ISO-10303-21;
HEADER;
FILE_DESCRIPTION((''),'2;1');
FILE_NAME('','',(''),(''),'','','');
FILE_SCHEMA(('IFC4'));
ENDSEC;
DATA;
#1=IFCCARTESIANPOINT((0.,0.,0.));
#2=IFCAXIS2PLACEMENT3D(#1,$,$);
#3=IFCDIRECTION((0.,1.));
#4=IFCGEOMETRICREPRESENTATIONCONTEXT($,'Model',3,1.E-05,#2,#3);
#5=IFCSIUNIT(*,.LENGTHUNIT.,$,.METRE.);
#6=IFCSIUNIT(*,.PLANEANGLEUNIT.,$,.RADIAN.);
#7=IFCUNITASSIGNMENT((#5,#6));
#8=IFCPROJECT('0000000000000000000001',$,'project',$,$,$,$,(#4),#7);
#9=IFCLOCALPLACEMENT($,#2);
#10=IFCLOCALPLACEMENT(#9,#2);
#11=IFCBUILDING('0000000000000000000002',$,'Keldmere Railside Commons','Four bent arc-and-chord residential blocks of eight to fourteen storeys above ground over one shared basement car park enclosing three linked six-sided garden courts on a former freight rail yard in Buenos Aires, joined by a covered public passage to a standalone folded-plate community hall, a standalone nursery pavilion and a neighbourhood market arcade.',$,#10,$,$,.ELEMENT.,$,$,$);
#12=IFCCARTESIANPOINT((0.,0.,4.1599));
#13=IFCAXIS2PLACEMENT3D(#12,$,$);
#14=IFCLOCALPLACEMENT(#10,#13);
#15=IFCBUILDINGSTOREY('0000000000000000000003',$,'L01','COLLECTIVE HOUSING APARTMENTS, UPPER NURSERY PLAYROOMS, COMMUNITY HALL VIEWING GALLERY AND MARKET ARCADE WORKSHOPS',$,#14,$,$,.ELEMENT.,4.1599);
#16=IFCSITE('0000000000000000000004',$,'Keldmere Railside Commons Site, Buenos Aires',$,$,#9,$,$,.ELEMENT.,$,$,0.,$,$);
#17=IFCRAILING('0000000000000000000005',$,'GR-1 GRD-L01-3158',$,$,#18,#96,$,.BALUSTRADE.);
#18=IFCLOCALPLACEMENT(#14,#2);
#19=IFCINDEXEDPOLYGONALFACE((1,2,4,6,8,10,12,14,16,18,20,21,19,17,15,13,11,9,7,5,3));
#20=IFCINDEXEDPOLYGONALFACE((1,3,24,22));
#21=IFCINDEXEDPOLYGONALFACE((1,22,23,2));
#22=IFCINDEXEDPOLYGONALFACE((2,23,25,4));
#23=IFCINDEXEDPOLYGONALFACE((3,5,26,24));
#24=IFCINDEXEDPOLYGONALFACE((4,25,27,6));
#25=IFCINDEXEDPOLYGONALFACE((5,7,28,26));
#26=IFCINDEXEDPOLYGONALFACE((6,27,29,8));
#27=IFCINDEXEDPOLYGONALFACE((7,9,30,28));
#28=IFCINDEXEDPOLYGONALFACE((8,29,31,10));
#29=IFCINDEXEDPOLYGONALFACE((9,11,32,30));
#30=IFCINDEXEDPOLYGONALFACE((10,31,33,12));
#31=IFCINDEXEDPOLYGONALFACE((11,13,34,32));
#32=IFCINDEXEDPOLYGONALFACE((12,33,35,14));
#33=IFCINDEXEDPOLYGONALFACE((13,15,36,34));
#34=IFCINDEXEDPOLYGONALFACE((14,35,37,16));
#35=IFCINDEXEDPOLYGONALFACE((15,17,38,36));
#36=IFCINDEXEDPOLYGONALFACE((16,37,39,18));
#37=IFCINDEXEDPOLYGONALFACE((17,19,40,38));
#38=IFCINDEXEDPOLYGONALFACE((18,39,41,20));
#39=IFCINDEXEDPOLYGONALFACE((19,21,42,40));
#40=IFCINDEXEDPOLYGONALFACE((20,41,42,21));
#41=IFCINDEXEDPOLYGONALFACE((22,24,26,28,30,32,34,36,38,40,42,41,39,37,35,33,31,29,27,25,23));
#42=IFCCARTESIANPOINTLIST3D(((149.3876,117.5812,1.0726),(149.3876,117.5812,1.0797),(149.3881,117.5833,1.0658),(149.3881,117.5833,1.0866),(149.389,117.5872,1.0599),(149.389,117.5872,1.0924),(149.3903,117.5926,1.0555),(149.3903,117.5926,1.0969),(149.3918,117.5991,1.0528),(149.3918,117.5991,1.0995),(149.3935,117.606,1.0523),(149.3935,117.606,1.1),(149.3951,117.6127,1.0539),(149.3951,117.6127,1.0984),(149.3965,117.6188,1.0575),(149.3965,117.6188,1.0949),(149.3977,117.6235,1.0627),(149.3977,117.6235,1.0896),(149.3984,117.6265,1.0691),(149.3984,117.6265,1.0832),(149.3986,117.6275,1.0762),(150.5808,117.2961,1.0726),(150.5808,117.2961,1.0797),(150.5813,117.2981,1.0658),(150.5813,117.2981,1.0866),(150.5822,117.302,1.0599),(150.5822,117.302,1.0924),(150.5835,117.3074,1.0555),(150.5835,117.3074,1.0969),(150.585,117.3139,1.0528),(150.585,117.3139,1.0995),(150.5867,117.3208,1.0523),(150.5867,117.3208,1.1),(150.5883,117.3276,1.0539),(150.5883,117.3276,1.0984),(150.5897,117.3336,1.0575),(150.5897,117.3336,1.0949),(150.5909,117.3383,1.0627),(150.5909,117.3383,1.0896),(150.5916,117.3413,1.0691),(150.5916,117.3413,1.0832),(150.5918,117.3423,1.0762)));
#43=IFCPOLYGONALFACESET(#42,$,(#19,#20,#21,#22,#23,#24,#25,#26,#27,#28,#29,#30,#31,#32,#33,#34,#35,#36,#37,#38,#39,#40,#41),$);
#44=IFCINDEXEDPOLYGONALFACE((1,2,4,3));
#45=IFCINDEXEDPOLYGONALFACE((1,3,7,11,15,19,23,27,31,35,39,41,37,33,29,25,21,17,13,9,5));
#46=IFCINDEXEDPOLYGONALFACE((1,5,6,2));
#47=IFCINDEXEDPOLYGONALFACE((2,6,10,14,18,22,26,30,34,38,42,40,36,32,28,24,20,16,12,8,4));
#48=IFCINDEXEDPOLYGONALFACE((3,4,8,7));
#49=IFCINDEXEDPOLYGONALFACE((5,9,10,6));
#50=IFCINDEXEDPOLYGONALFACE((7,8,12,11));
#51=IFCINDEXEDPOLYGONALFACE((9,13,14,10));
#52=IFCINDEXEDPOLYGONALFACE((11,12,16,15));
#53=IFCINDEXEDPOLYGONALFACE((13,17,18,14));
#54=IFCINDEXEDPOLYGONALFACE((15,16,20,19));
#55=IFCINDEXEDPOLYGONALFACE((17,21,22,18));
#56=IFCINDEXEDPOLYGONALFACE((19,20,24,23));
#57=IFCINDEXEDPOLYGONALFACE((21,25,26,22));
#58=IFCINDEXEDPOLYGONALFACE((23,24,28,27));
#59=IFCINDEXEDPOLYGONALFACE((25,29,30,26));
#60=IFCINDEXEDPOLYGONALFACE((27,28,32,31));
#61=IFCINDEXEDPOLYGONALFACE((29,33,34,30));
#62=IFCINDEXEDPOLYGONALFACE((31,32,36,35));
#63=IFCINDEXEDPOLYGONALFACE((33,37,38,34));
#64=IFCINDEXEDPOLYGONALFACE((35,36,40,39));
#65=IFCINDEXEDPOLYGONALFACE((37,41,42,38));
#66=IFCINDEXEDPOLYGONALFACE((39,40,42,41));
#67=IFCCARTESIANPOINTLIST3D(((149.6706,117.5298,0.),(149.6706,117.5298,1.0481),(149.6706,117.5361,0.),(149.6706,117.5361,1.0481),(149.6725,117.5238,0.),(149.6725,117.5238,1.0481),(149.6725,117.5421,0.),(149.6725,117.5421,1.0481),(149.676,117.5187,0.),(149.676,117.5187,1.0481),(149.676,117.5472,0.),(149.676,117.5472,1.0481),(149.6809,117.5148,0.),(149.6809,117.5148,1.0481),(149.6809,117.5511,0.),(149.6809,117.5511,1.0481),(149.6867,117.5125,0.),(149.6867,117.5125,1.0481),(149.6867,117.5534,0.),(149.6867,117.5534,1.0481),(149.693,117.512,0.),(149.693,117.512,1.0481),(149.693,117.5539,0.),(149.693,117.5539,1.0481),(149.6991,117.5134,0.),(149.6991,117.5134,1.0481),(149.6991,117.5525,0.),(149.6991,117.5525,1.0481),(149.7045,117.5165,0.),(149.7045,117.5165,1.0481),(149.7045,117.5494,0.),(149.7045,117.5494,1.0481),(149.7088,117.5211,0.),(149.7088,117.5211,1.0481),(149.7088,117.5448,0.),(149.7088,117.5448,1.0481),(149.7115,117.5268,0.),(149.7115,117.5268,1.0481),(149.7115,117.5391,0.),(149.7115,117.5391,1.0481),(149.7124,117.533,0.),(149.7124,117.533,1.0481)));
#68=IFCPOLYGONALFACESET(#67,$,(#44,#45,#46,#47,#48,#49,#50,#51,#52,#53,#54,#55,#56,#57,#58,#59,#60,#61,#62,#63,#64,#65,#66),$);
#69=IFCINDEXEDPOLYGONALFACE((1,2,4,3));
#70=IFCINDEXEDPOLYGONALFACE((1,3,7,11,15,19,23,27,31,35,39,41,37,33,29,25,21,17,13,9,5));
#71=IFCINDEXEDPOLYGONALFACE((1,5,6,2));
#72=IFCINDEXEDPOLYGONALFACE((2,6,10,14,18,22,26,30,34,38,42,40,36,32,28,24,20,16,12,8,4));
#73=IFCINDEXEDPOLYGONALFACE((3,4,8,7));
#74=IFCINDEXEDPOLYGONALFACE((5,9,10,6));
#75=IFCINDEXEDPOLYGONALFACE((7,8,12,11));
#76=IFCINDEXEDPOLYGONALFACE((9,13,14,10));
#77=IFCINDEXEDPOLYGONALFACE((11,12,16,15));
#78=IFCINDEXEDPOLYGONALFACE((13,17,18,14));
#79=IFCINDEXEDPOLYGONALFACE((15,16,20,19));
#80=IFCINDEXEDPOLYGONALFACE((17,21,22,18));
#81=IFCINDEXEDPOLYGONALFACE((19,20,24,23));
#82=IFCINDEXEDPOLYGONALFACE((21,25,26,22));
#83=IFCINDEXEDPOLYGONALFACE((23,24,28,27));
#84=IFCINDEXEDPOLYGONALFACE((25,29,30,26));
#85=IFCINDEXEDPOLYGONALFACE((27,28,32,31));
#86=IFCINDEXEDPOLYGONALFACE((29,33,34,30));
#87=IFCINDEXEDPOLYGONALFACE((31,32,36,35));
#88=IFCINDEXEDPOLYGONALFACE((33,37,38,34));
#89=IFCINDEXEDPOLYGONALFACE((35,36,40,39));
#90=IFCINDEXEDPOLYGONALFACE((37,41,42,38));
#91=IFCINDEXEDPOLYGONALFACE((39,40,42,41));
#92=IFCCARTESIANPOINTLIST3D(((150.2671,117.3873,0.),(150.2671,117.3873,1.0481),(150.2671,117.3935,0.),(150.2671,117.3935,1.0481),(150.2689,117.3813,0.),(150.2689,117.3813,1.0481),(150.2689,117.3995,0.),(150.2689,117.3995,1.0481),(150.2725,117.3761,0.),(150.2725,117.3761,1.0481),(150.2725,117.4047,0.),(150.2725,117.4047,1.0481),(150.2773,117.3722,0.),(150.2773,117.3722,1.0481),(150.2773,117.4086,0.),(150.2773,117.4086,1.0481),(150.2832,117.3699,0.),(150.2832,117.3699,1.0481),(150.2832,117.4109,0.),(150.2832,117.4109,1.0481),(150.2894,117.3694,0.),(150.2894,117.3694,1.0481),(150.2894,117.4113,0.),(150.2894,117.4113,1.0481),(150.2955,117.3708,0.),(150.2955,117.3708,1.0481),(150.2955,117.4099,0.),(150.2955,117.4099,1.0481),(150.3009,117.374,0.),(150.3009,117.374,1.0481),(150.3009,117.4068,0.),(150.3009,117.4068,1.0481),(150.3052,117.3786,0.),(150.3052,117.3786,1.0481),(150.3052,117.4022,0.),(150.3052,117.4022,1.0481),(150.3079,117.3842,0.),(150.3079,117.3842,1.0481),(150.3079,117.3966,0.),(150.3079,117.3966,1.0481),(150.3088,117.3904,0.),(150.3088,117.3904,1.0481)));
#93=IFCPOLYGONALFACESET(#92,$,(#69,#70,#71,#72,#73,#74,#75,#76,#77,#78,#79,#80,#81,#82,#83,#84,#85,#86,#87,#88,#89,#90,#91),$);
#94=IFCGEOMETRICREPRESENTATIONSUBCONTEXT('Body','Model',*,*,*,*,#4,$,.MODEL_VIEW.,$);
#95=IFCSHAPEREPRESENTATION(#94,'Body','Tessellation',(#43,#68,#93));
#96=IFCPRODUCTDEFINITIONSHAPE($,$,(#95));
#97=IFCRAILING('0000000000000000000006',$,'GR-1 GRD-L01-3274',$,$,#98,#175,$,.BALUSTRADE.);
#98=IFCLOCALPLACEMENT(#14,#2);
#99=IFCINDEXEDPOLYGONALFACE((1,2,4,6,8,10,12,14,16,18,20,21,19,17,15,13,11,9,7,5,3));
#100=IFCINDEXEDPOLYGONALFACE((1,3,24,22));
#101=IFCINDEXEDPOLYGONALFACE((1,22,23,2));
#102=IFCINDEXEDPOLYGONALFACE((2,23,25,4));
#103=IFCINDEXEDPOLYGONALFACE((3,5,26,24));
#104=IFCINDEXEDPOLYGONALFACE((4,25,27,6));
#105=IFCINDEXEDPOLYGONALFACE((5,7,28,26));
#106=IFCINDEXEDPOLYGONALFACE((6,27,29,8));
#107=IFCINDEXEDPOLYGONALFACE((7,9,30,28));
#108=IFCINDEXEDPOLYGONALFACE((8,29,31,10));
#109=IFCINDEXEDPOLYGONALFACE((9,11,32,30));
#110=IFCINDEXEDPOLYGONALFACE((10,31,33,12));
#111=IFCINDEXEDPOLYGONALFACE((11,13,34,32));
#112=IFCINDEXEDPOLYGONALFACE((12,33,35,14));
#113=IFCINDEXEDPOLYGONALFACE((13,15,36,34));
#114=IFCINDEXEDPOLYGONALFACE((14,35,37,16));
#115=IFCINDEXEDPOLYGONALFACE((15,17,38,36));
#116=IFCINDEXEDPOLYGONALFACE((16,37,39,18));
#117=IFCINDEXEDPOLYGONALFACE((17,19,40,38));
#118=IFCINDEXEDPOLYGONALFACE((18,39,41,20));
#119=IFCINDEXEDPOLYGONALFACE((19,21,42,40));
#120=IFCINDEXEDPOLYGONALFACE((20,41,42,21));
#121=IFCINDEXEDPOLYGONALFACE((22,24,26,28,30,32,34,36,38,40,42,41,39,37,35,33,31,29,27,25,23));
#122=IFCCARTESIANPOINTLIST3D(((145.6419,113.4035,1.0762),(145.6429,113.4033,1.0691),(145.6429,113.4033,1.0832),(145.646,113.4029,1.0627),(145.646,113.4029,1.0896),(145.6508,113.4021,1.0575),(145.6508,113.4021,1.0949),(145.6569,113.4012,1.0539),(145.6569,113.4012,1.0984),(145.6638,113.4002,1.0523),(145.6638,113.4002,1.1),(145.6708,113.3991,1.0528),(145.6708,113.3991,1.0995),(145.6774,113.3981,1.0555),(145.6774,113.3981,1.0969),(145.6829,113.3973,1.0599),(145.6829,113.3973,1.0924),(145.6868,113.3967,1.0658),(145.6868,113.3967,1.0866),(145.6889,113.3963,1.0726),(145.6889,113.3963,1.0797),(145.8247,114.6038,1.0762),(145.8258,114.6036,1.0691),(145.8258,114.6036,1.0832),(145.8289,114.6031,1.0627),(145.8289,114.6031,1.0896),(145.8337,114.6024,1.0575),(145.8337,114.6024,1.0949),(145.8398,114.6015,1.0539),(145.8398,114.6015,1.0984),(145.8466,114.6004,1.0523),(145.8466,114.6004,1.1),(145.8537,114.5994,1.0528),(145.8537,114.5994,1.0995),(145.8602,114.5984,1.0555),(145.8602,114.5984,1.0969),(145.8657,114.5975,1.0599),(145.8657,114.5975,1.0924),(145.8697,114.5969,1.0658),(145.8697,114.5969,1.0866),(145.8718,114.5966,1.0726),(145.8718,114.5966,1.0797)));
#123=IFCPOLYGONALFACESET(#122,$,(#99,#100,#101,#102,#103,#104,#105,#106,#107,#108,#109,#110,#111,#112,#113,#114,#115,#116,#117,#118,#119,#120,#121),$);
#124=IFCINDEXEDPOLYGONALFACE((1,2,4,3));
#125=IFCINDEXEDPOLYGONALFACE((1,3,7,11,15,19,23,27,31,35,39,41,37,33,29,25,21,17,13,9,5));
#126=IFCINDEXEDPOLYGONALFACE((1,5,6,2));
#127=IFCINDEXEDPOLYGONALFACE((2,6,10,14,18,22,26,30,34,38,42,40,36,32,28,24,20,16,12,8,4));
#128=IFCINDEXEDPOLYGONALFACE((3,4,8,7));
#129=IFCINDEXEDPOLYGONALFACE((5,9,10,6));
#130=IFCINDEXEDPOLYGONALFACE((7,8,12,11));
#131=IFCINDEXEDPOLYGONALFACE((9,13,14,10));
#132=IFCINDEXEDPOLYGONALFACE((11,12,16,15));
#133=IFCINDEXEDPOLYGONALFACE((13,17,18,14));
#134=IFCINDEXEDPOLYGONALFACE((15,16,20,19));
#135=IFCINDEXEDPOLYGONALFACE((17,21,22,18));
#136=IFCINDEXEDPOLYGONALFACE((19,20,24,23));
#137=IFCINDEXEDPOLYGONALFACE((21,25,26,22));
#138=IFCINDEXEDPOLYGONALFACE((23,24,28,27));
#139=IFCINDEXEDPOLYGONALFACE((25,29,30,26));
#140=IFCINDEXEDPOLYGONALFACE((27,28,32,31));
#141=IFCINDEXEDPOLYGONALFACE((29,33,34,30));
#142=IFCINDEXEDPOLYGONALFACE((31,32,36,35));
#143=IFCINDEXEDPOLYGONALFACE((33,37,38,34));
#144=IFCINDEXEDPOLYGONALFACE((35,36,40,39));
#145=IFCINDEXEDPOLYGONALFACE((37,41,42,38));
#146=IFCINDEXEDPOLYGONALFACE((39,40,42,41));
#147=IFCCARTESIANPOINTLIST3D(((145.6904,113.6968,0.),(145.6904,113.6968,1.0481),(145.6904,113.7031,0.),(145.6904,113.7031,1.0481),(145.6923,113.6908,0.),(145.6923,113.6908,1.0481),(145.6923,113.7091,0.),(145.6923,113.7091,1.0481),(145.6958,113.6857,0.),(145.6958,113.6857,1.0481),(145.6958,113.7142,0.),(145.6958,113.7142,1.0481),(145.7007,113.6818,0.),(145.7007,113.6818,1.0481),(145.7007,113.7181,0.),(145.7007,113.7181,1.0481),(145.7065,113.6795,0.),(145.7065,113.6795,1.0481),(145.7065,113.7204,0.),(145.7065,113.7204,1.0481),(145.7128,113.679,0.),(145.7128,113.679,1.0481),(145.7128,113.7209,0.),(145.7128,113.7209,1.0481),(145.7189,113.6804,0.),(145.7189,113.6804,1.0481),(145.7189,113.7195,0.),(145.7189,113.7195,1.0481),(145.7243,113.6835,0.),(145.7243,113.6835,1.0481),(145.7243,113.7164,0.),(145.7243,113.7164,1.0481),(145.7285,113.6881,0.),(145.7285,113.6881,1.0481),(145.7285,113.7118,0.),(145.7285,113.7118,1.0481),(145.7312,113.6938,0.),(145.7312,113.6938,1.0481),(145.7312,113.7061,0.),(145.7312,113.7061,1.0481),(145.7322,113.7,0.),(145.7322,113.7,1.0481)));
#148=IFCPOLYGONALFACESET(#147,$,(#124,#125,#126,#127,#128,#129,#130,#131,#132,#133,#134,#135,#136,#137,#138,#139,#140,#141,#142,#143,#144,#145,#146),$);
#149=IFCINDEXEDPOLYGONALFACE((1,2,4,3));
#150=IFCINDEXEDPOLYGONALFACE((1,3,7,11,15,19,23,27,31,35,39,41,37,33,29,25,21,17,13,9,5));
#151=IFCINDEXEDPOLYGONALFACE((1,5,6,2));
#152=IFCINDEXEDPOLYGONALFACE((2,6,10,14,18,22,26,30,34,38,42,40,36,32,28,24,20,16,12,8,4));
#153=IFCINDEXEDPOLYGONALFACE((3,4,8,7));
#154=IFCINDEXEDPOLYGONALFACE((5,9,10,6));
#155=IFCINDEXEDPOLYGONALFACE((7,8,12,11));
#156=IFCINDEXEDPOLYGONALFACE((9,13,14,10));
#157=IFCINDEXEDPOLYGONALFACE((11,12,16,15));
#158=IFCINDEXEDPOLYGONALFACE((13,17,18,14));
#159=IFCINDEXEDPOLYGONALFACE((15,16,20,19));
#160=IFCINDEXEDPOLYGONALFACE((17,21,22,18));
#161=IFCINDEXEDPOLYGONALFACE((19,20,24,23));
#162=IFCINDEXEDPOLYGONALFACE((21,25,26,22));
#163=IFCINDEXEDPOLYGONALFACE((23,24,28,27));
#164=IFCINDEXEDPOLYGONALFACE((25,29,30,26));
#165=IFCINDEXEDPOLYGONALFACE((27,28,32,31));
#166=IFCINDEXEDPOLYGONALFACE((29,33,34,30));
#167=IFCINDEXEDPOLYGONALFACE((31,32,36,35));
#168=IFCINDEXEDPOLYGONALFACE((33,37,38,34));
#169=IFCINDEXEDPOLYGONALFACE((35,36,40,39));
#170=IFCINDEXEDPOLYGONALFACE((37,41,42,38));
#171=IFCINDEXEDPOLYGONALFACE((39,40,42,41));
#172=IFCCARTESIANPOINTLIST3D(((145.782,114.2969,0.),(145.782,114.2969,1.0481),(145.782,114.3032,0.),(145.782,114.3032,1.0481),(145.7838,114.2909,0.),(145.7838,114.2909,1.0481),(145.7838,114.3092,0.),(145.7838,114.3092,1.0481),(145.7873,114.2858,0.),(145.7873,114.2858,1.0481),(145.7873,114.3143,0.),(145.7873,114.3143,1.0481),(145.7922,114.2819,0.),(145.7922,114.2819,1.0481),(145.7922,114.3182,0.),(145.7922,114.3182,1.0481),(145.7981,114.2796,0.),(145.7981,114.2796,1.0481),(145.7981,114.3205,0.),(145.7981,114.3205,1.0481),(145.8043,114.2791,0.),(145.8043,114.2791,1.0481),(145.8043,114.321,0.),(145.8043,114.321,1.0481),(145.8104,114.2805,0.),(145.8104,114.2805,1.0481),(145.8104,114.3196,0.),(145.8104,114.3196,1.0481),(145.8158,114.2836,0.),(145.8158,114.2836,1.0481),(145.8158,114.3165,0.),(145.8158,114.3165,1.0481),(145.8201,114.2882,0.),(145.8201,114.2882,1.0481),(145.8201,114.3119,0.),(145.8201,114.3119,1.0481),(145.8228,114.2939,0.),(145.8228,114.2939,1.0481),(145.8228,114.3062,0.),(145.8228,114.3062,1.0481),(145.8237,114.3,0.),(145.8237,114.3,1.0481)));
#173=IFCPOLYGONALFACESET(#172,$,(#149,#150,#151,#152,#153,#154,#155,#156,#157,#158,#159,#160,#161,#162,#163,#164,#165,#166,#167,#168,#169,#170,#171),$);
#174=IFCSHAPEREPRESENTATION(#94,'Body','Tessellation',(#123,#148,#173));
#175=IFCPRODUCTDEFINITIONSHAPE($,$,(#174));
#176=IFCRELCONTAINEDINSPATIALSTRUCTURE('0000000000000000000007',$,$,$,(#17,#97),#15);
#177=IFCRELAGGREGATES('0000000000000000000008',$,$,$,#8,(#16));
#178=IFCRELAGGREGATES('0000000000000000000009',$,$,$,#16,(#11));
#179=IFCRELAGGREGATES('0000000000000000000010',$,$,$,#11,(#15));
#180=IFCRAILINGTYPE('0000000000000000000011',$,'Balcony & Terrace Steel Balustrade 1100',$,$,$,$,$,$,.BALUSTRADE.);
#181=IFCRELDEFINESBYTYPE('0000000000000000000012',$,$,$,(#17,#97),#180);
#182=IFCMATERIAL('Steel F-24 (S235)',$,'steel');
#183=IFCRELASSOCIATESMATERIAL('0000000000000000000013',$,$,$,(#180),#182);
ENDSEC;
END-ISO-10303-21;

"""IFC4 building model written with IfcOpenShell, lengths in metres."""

from ifc_helpers import new_model, si_unit, direction, frame, origin, origin_2d, place, context, subcontext, project, spatial, circle, extrude, material, type_object, element, save


model = new_model("IFC4")

# Units and contexts
model_context = context("Model", 3, precision=1e-05, world=origin(), true_north=direction((0.0, 1.0)))
body_context = subcontext(model_context, "Body", "Model", "MODEL_VIEW")
ifc_project = project(units=[si_unit("LENGTHUNIT", "METRE"), si_unit("PLANEANGLEUNIT", "RADIAN")], contexts=[model_context])

# Site, building, storey
site_placement = place(None, origin())
site = spatial("IfcSite", under=ifc_project, at=site_placement, Name="Keldmere Railside Commons Site, Buenos Aires", CompositionType="ELEMENT", RefElevation=0.0)
building_placement = place(site_placement, origin())
building = spatial("IfcBuilding", under=site, at=building_placement, Name="Keldmere Railside Commons", Description="Four bent arc-and-chord residential blocks of eight to fourteen storeys above ground over one shared basement car park enclosing three linked six-sided garden courts on a former freight rail yard in Buenos Aires, joined by a covered public passage to a standalone folded-plate community hall, a standalone nursery pavilion and a neighbourhood market arcade.", CompositionType="ELEMENT")
storey_placement = place(building_placement, frame((0.0, 0.0, 4.1599)))
storey = spatial("IfcBuildingStorey", under=building, at=storey_placement, Name="L01", Description="COLLECTIVE HOUSING APARTMENTS, UPPER NURSERY PLAYROOMS, COMMUNITY HALL VIEWING GALLERY AND MARKET ARCADE WORKSHOPS", CompositionType="ELEMENT", Elevation=4.1599)

# Railings
ifc_material_1 = material(Name="Steel F-24 (S235)", Category="steel")
railing_type = type_object("IfcRailingType", Name="Balcony & Terrace Steel Balustrade 1100", PredefinedType="BALUSTRADE", material=ifc_material_1)
railing_1_placement = place(storey_placement, frame((149.3931, 117.6042, 0.0)))
element("IfcRailing", 1, at=railing_1_placement, inside=storey, type_object=railing_type, Name="GR-1 GRD-L01-3158", PredefinedType="BALUSTRADE", context=body_context, shape_type="SweptSolid", body=[
    extrude(circle(Radius=0.0239, at=origin_2d()), frame((0.0, 0.0, 1.0762), z_axis=(0.972607, -0.232455, 0.0), x_axis=(0.232455, 0.972607, 0.0)), (0.0, 0.0, 1.0), 1.2268),
    extrude(circle(Radius=0.021, at=origin_2d()), frame((0.2983, -0.0713, 0.0)), (0.0, 0.0, 1.0), 1.0481),
    extrude(circle(Radius=0.021, at=origin_2d()), frame((0.8948, -0.2139, 0.0)), (0.0, 0.0, 1.0), 1.0481),
])
railing_2_placement = place(storey_placement, frame((145.6655, 113.3999, 0.0)))
element("IfcRailing", 2, at=railing_2_placement, inside=storey, type_object=railing_type, Name="GR-1 GRD-L01-3274", PredefinedType="BALUSTRADE", context=body_context, shape_type="SweptSolid", body=[
    extrude(circle(Radius=0.0239, at=origin_2d()), frame((0.0, 0.0, 1.0762), z_axis=(0.150621, 0.988592, 0.0), x_axis=(-0.988592, 0.150621, 0.0)), (0.0, 0.0, 1.0), 1.2141),
    extrude(circle(Radius=0.021, at=origin_2d()), frame((0.0457, 0.3, 0.0)), (0.0, 0.0, 1.0), 1.0481),
    extrude(circle(Radius=0.021, at=origin_2d()), frame((0.1372, 0.9001, 0.0)), (0.0, 0.0, 1.0), 1.0481),
])

save(model, "model.ifc")
